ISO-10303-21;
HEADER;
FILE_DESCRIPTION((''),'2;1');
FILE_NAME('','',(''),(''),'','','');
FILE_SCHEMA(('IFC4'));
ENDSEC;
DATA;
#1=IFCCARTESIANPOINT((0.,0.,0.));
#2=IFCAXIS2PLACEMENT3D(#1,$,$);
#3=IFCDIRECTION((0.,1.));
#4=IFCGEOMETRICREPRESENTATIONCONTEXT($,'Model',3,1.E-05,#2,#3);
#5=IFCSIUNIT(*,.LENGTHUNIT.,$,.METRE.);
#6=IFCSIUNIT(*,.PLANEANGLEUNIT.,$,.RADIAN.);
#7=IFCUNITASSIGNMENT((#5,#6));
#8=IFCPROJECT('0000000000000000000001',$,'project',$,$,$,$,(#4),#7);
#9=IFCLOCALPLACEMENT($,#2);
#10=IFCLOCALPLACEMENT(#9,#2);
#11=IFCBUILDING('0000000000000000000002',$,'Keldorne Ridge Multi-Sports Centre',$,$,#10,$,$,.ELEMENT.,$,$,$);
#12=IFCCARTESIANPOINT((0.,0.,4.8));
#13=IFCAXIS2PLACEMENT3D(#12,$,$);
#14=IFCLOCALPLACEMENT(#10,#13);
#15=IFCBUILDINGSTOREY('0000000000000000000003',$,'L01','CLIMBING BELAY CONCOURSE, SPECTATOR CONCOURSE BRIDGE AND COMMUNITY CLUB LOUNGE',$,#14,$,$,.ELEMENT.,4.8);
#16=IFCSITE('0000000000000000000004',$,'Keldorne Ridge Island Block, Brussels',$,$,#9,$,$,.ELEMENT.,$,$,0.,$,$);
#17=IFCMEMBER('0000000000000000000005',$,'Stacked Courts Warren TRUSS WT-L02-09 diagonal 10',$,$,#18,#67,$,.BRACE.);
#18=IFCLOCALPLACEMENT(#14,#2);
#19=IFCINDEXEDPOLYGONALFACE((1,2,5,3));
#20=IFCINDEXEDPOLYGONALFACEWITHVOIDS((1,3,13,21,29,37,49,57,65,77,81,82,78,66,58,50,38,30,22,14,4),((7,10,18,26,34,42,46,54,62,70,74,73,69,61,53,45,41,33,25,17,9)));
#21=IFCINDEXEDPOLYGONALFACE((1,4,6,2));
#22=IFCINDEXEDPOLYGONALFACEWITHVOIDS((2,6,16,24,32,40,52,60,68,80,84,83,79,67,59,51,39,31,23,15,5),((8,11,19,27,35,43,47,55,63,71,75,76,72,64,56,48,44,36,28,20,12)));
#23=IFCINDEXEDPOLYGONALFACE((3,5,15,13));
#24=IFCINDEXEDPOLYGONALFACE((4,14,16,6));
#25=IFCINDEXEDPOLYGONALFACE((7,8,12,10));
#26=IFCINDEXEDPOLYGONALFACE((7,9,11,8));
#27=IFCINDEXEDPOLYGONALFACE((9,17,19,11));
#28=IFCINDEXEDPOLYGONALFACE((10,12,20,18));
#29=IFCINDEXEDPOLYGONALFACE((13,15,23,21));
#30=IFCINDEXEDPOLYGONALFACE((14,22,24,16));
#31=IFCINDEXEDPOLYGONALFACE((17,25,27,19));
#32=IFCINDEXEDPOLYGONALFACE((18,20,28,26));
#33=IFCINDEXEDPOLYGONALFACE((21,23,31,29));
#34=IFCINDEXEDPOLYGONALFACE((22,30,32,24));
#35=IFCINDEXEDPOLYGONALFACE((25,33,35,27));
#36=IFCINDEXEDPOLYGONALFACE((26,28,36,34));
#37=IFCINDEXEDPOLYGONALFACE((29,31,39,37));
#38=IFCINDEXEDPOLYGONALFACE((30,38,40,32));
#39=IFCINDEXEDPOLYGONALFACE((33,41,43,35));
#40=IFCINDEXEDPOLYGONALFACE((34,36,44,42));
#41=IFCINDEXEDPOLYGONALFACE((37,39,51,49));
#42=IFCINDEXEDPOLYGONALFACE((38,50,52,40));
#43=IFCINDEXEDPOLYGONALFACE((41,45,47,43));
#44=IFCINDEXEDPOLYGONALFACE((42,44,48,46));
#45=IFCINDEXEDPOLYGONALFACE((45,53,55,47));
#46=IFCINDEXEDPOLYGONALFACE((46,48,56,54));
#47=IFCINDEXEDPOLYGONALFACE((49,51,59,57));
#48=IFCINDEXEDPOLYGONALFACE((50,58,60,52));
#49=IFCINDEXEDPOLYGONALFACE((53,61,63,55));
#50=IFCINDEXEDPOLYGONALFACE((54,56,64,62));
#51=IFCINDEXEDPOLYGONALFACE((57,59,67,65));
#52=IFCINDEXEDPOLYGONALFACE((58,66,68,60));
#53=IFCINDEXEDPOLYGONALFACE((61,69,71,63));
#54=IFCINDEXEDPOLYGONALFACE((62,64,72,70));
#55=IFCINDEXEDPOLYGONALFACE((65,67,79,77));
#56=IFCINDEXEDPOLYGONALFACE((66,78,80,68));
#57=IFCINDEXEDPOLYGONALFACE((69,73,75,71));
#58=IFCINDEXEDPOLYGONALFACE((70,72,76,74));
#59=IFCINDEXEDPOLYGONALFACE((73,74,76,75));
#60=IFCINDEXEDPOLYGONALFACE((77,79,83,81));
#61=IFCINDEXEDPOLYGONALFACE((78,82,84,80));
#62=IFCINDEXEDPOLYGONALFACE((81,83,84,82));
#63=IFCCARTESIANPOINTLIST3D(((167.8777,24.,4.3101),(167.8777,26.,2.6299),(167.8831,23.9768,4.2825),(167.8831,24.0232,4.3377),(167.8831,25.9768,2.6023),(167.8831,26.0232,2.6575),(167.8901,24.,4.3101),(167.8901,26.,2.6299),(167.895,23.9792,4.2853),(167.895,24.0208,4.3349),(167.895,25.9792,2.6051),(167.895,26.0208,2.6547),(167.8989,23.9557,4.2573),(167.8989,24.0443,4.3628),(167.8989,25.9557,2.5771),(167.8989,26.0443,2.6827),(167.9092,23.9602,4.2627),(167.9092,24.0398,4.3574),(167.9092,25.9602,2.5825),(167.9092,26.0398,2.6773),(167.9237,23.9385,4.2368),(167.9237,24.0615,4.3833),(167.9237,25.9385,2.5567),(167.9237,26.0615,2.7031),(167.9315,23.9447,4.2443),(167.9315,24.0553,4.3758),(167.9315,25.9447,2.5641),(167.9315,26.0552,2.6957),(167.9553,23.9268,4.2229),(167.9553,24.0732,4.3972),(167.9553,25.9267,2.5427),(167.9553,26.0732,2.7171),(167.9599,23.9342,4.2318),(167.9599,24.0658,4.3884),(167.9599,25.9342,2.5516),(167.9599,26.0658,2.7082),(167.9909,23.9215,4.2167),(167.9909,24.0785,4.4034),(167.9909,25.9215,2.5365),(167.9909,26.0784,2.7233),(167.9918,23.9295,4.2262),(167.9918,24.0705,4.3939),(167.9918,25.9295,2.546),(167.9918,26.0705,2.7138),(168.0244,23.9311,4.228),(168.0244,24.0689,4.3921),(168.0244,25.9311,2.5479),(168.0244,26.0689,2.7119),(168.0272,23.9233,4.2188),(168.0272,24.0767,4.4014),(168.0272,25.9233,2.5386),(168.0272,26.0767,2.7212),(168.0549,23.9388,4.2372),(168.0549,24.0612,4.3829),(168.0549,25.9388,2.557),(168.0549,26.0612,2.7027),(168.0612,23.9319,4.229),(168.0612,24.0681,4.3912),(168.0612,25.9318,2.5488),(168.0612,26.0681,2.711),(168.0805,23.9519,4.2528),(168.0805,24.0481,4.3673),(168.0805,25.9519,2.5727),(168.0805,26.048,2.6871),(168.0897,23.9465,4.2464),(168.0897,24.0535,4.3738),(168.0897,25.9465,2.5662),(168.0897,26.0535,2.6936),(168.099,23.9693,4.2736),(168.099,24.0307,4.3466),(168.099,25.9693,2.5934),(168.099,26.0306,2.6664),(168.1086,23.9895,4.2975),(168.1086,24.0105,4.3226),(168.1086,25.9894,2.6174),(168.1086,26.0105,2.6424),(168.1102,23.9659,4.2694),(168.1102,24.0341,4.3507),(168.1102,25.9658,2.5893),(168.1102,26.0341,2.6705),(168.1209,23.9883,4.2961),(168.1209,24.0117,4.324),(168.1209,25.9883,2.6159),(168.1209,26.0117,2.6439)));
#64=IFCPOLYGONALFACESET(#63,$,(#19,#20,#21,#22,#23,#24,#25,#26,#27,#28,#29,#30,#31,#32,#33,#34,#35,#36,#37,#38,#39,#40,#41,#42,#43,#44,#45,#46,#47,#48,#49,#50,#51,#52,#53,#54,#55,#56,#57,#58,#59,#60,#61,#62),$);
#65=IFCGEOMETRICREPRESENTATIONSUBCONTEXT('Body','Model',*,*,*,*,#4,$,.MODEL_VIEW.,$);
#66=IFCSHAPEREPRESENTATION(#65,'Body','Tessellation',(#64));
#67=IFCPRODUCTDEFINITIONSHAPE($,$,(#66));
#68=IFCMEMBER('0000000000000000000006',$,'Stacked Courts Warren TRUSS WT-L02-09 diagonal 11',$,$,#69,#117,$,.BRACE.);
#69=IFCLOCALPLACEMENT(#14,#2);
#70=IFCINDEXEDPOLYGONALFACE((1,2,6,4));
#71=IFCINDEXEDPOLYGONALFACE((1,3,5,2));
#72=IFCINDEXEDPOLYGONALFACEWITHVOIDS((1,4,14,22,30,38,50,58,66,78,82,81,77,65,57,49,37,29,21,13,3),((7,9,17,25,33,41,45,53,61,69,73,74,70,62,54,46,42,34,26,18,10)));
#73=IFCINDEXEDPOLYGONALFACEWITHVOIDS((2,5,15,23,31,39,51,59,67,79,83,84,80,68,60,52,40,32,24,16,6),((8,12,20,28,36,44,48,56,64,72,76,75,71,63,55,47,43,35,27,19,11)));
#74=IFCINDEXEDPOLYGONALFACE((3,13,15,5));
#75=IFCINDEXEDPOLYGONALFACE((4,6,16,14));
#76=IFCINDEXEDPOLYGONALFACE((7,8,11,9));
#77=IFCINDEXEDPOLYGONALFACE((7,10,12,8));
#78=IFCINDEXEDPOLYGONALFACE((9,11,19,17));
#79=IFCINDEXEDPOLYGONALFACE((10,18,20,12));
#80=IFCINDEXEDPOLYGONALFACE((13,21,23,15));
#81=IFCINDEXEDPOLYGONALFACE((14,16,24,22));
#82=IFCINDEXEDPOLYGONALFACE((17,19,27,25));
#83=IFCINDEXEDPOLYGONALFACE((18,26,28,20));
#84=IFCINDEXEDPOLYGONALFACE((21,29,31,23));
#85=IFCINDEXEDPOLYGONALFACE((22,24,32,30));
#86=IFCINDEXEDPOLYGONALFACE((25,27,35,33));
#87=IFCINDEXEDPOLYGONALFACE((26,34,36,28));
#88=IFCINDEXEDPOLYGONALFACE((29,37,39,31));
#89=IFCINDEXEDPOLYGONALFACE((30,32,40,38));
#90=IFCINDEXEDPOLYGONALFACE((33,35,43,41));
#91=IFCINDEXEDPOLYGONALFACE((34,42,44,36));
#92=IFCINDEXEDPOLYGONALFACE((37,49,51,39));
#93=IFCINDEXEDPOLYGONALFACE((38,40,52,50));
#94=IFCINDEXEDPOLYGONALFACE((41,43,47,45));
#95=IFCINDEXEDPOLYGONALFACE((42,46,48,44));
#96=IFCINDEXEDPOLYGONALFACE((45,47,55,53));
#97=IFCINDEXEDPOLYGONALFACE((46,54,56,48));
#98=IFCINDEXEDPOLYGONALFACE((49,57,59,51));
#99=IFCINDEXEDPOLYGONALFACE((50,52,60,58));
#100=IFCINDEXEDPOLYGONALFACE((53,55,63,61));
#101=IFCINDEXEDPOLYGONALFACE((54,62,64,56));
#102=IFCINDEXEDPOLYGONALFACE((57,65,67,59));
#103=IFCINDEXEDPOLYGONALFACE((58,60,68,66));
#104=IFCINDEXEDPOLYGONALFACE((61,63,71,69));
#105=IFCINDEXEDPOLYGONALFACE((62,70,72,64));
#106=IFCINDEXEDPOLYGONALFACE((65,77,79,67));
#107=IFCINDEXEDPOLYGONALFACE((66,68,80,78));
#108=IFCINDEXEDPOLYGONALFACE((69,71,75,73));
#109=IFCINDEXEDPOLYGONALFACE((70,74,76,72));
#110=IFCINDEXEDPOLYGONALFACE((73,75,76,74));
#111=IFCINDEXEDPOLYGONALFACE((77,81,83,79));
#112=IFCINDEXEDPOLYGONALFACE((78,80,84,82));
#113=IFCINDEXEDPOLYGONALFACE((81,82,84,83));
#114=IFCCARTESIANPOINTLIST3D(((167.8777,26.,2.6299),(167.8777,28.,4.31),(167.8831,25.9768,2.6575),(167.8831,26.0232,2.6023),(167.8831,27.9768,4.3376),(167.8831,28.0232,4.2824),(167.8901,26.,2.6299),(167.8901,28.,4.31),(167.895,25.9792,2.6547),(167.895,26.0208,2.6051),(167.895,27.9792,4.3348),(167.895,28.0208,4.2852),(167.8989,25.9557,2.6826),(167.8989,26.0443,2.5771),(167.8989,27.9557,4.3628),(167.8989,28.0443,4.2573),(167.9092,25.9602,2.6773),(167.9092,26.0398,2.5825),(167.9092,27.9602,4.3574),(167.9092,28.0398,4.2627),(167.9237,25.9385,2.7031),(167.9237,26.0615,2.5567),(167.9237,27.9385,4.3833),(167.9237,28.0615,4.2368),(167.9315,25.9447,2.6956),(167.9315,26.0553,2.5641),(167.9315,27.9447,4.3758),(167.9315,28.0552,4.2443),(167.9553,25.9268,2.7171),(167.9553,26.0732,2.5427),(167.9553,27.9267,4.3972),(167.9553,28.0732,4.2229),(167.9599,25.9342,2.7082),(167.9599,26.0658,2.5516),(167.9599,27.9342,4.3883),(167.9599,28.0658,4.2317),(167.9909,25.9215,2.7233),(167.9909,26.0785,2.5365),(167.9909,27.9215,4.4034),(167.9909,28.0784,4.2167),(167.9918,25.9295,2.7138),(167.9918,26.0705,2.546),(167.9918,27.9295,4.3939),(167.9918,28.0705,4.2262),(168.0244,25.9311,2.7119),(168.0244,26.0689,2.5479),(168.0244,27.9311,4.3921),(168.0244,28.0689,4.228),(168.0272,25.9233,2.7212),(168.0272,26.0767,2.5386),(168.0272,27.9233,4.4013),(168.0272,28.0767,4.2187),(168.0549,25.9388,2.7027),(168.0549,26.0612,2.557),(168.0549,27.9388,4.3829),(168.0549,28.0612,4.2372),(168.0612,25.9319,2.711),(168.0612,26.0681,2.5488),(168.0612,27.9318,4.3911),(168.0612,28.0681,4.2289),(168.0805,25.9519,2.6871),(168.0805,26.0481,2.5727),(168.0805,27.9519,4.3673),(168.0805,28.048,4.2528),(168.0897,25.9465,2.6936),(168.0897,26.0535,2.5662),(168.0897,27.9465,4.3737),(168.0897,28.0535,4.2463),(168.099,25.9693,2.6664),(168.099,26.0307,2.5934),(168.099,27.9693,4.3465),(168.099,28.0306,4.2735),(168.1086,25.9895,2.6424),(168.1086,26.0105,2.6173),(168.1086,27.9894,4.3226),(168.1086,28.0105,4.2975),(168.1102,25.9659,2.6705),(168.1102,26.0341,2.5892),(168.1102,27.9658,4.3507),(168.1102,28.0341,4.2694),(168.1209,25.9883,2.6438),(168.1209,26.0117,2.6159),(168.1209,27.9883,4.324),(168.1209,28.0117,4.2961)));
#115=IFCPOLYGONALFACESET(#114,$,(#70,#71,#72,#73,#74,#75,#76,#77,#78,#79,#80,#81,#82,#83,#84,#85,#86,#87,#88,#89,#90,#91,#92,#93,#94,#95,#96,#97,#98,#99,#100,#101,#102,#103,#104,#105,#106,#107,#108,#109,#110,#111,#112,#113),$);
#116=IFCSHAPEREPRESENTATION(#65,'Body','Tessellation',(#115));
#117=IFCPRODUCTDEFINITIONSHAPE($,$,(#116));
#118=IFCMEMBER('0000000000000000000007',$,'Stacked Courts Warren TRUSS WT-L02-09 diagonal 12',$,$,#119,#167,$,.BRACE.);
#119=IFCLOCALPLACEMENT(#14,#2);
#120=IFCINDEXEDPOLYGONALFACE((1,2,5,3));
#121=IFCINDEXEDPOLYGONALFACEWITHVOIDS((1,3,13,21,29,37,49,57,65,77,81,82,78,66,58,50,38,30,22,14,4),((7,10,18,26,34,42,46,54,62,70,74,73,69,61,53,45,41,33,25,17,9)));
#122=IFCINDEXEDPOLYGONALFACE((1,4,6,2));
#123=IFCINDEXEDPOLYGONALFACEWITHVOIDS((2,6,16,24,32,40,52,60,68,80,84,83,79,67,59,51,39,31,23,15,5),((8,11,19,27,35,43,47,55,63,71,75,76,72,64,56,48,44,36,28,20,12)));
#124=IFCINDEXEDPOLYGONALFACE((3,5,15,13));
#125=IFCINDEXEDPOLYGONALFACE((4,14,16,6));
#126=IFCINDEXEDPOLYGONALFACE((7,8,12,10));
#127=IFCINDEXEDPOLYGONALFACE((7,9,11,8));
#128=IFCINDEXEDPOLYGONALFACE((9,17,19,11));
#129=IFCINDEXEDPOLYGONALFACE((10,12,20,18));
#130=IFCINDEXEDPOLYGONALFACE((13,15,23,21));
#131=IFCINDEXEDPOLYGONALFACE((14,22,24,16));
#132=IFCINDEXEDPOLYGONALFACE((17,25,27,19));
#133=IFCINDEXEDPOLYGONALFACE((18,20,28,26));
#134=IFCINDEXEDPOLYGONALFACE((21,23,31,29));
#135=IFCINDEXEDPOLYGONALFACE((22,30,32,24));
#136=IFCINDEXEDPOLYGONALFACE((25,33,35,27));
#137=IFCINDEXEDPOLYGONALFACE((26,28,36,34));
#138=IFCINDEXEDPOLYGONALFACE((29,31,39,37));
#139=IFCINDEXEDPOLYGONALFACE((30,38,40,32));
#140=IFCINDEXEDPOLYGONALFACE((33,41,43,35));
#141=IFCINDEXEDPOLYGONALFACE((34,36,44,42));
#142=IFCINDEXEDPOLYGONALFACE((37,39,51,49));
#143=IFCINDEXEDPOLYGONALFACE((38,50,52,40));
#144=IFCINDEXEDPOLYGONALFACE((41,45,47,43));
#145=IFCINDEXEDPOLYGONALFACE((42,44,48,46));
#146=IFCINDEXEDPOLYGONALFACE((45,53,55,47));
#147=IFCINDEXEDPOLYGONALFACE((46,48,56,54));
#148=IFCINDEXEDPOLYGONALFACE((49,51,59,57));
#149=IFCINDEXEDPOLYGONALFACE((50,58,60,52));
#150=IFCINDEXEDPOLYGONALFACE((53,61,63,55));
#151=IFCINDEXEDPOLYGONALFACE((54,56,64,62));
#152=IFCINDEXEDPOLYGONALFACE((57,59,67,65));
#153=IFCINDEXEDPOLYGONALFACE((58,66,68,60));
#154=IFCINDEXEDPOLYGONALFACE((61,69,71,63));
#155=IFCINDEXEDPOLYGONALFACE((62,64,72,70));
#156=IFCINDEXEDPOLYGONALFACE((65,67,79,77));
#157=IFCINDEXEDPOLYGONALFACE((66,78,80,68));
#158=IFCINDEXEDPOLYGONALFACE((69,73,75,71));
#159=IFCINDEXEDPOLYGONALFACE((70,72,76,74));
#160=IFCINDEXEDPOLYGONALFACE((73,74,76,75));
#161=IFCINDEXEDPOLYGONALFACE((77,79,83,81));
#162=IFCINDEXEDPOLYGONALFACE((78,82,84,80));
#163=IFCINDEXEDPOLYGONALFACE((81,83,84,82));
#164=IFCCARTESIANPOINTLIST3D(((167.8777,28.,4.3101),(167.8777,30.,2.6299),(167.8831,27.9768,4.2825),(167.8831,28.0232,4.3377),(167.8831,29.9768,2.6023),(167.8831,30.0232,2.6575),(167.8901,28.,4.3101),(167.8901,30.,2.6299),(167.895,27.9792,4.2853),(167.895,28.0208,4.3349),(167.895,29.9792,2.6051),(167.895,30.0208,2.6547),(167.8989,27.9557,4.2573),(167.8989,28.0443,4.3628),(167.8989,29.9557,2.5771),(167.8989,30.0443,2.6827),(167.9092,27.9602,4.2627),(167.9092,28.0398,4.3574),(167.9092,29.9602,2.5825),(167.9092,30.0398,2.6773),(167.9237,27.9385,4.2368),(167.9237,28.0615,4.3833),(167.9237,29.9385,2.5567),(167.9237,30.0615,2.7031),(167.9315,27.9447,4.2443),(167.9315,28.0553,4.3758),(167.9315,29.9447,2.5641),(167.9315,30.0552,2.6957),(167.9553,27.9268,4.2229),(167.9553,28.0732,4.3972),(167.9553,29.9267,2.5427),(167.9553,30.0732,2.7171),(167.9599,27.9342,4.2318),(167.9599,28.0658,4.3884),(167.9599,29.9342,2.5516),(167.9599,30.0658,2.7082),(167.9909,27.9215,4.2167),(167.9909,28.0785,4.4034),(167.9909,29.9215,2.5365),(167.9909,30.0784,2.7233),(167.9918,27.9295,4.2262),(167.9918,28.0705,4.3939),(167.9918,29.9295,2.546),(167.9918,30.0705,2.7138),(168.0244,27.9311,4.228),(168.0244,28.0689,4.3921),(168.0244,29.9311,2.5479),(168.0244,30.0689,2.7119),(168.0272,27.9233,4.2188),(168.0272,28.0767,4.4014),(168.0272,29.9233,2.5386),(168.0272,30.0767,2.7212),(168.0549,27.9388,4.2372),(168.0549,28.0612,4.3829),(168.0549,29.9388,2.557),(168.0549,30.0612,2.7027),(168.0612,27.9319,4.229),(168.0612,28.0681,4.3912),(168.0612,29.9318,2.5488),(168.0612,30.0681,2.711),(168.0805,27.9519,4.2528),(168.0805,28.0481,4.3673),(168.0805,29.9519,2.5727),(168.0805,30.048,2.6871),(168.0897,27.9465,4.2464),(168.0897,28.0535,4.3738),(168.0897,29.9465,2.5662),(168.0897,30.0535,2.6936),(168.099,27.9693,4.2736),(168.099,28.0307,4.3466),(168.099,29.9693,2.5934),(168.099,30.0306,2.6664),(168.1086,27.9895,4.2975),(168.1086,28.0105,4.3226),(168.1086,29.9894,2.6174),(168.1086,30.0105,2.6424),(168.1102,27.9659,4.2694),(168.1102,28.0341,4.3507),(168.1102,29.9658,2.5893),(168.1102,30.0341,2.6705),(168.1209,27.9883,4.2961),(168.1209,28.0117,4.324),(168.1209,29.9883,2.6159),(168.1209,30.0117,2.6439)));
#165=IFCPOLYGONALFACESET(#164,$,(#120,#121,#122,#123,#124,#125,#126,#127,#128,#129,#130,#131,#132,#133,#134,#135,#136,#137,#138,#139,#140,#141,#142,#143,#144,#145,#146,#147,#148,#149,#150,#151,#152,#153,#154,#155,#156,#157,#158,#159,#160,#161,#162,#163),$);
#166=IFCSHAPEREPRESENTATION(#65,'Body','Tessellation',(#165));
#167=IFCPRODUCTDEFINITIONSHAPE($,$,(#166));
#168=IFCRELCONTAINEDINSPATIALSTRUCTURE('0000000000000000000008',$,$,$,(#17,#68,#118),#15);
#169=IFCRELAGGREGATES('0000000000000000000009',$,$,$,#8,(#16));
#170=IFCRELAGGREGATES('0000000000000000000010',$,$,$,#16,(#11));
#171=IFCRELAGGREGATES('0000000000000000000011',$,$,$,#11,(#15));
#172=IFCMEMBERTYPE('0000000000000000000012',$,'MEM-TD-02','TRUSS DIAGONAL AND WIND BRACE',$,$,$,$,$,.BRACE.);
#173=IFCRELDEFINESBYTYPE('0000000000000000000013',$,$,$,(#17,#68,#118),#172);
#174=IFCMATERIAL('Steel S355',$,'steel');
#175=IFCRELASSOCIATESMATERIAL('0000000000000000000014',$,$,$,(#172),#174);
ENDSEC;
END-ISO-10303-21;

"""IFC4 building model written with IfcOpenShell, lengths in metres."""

from ifc_helpers import new_model, si_unit, direction, frame, origin, origin_2d, place, context, subcontext, project, spatial, hollow_circle, extrude, material, material_profile, profile_set, type_object, element, save


model = new_model("IFC4")

# Units and contexts
model_context = context("Model", 3, precision=1e-05, world=origin(), true_north=direction((0.0, 1.0)))
body_context = subcontext(model_context, "Body", "Model", "MODEL_VIEW")
ifc_project = project(units=[si_unit("LENGTHUNIT", "METRE"), si_unit("PLANEANGLEUNIT", "RADIAN")], contexts=[model_context])

# Site, building, storey
site_placement = place(None, origin())
site = spatial("IfcSite", under=ifc_project, at=site_placement, Name="Keldorne Ridge Island Block, Brussels", CompositionType="ELEMENT", RefElevation=0.0)
building_placement = place(site_placement, origin())
building = spatial("IfcBuilding", under=site, at=building_placement, Name="Keldorne Ridge Multi-Sports Centre", CompositionType="ELEMENT")
storey_placement = place(building_placement, frame((0.0, 0.0, 4.8)))
storey = spatial("IfcBuildingStorey", under=building, at=storey_placement, Name="L01", Description="CLIMBING BELAY CONCOURSE, SPECTATOR CONCOURSE BRIDGE AND COMMUNITY CLUB LOUNGE", CompositionType="ELEMENT", Elevation=4.8)

# Shared definitions
ifc_material_1 = material(Name="Steel S355", Category="steel")

# Members
ifc_material_profile_1 = material_profile(ifc_material_1, hollow_circle(Radius=0.1223, WallThickness=0.0125, at=origin_2d()), Name="CHS 244.5x12.5")
ifc_profile_set_1 = profile_set([ifc_material_profile_1], Name="Steel S355")
member_type_1 = type_object("IfcMemberType", Name="MEM-TD-02", Description="TRUSS DIAGONAL AND WIND BRACE", PredefinedType="BRACE", material=ifc_profile_set_1)
for number, where, z_axis, x_axis, name in (
    (1, (168.0, 24.0, 4.3101), (0.0, 0.765672, -0.643232), (-1.0, 0.0, 0.0), "Stacked Courts Warren TRUSS WT-L02-09 diagonal 10"),
    (2, (168.0, 26.0, 2.6299), (0.0, 0.765672, 0.643232), (-1.0, 0.0, 0.0), "Stacked Courts Warren TRUSS WT-L02-09 diagonal 11"),
    (3, (168.0, 28.0, 4.3101), (0.0, 0.765672, -0.643232), (-1.0, 0.0, 0.0), "Stacked Courts Warren TRUSS WT-L02-09 diagonal 12"),
):
    element("IfcMember", number, at=place(storey_placement, frame(where, z_axis=z_axis, x_axis=x_axis)), inside=storey, type_object=member_type_1, Name=name, PredefinedType="BRACE", context=body_context, shape_type="SweptSolid", body=[
        extrude(hollow_circle(Radius=0.1223, WallThickness=0.0125, at=origin_2d()), origin(), (0.0, 0.0, 1.0), 2.6121),
    ])

save(model, "model.ifc")
